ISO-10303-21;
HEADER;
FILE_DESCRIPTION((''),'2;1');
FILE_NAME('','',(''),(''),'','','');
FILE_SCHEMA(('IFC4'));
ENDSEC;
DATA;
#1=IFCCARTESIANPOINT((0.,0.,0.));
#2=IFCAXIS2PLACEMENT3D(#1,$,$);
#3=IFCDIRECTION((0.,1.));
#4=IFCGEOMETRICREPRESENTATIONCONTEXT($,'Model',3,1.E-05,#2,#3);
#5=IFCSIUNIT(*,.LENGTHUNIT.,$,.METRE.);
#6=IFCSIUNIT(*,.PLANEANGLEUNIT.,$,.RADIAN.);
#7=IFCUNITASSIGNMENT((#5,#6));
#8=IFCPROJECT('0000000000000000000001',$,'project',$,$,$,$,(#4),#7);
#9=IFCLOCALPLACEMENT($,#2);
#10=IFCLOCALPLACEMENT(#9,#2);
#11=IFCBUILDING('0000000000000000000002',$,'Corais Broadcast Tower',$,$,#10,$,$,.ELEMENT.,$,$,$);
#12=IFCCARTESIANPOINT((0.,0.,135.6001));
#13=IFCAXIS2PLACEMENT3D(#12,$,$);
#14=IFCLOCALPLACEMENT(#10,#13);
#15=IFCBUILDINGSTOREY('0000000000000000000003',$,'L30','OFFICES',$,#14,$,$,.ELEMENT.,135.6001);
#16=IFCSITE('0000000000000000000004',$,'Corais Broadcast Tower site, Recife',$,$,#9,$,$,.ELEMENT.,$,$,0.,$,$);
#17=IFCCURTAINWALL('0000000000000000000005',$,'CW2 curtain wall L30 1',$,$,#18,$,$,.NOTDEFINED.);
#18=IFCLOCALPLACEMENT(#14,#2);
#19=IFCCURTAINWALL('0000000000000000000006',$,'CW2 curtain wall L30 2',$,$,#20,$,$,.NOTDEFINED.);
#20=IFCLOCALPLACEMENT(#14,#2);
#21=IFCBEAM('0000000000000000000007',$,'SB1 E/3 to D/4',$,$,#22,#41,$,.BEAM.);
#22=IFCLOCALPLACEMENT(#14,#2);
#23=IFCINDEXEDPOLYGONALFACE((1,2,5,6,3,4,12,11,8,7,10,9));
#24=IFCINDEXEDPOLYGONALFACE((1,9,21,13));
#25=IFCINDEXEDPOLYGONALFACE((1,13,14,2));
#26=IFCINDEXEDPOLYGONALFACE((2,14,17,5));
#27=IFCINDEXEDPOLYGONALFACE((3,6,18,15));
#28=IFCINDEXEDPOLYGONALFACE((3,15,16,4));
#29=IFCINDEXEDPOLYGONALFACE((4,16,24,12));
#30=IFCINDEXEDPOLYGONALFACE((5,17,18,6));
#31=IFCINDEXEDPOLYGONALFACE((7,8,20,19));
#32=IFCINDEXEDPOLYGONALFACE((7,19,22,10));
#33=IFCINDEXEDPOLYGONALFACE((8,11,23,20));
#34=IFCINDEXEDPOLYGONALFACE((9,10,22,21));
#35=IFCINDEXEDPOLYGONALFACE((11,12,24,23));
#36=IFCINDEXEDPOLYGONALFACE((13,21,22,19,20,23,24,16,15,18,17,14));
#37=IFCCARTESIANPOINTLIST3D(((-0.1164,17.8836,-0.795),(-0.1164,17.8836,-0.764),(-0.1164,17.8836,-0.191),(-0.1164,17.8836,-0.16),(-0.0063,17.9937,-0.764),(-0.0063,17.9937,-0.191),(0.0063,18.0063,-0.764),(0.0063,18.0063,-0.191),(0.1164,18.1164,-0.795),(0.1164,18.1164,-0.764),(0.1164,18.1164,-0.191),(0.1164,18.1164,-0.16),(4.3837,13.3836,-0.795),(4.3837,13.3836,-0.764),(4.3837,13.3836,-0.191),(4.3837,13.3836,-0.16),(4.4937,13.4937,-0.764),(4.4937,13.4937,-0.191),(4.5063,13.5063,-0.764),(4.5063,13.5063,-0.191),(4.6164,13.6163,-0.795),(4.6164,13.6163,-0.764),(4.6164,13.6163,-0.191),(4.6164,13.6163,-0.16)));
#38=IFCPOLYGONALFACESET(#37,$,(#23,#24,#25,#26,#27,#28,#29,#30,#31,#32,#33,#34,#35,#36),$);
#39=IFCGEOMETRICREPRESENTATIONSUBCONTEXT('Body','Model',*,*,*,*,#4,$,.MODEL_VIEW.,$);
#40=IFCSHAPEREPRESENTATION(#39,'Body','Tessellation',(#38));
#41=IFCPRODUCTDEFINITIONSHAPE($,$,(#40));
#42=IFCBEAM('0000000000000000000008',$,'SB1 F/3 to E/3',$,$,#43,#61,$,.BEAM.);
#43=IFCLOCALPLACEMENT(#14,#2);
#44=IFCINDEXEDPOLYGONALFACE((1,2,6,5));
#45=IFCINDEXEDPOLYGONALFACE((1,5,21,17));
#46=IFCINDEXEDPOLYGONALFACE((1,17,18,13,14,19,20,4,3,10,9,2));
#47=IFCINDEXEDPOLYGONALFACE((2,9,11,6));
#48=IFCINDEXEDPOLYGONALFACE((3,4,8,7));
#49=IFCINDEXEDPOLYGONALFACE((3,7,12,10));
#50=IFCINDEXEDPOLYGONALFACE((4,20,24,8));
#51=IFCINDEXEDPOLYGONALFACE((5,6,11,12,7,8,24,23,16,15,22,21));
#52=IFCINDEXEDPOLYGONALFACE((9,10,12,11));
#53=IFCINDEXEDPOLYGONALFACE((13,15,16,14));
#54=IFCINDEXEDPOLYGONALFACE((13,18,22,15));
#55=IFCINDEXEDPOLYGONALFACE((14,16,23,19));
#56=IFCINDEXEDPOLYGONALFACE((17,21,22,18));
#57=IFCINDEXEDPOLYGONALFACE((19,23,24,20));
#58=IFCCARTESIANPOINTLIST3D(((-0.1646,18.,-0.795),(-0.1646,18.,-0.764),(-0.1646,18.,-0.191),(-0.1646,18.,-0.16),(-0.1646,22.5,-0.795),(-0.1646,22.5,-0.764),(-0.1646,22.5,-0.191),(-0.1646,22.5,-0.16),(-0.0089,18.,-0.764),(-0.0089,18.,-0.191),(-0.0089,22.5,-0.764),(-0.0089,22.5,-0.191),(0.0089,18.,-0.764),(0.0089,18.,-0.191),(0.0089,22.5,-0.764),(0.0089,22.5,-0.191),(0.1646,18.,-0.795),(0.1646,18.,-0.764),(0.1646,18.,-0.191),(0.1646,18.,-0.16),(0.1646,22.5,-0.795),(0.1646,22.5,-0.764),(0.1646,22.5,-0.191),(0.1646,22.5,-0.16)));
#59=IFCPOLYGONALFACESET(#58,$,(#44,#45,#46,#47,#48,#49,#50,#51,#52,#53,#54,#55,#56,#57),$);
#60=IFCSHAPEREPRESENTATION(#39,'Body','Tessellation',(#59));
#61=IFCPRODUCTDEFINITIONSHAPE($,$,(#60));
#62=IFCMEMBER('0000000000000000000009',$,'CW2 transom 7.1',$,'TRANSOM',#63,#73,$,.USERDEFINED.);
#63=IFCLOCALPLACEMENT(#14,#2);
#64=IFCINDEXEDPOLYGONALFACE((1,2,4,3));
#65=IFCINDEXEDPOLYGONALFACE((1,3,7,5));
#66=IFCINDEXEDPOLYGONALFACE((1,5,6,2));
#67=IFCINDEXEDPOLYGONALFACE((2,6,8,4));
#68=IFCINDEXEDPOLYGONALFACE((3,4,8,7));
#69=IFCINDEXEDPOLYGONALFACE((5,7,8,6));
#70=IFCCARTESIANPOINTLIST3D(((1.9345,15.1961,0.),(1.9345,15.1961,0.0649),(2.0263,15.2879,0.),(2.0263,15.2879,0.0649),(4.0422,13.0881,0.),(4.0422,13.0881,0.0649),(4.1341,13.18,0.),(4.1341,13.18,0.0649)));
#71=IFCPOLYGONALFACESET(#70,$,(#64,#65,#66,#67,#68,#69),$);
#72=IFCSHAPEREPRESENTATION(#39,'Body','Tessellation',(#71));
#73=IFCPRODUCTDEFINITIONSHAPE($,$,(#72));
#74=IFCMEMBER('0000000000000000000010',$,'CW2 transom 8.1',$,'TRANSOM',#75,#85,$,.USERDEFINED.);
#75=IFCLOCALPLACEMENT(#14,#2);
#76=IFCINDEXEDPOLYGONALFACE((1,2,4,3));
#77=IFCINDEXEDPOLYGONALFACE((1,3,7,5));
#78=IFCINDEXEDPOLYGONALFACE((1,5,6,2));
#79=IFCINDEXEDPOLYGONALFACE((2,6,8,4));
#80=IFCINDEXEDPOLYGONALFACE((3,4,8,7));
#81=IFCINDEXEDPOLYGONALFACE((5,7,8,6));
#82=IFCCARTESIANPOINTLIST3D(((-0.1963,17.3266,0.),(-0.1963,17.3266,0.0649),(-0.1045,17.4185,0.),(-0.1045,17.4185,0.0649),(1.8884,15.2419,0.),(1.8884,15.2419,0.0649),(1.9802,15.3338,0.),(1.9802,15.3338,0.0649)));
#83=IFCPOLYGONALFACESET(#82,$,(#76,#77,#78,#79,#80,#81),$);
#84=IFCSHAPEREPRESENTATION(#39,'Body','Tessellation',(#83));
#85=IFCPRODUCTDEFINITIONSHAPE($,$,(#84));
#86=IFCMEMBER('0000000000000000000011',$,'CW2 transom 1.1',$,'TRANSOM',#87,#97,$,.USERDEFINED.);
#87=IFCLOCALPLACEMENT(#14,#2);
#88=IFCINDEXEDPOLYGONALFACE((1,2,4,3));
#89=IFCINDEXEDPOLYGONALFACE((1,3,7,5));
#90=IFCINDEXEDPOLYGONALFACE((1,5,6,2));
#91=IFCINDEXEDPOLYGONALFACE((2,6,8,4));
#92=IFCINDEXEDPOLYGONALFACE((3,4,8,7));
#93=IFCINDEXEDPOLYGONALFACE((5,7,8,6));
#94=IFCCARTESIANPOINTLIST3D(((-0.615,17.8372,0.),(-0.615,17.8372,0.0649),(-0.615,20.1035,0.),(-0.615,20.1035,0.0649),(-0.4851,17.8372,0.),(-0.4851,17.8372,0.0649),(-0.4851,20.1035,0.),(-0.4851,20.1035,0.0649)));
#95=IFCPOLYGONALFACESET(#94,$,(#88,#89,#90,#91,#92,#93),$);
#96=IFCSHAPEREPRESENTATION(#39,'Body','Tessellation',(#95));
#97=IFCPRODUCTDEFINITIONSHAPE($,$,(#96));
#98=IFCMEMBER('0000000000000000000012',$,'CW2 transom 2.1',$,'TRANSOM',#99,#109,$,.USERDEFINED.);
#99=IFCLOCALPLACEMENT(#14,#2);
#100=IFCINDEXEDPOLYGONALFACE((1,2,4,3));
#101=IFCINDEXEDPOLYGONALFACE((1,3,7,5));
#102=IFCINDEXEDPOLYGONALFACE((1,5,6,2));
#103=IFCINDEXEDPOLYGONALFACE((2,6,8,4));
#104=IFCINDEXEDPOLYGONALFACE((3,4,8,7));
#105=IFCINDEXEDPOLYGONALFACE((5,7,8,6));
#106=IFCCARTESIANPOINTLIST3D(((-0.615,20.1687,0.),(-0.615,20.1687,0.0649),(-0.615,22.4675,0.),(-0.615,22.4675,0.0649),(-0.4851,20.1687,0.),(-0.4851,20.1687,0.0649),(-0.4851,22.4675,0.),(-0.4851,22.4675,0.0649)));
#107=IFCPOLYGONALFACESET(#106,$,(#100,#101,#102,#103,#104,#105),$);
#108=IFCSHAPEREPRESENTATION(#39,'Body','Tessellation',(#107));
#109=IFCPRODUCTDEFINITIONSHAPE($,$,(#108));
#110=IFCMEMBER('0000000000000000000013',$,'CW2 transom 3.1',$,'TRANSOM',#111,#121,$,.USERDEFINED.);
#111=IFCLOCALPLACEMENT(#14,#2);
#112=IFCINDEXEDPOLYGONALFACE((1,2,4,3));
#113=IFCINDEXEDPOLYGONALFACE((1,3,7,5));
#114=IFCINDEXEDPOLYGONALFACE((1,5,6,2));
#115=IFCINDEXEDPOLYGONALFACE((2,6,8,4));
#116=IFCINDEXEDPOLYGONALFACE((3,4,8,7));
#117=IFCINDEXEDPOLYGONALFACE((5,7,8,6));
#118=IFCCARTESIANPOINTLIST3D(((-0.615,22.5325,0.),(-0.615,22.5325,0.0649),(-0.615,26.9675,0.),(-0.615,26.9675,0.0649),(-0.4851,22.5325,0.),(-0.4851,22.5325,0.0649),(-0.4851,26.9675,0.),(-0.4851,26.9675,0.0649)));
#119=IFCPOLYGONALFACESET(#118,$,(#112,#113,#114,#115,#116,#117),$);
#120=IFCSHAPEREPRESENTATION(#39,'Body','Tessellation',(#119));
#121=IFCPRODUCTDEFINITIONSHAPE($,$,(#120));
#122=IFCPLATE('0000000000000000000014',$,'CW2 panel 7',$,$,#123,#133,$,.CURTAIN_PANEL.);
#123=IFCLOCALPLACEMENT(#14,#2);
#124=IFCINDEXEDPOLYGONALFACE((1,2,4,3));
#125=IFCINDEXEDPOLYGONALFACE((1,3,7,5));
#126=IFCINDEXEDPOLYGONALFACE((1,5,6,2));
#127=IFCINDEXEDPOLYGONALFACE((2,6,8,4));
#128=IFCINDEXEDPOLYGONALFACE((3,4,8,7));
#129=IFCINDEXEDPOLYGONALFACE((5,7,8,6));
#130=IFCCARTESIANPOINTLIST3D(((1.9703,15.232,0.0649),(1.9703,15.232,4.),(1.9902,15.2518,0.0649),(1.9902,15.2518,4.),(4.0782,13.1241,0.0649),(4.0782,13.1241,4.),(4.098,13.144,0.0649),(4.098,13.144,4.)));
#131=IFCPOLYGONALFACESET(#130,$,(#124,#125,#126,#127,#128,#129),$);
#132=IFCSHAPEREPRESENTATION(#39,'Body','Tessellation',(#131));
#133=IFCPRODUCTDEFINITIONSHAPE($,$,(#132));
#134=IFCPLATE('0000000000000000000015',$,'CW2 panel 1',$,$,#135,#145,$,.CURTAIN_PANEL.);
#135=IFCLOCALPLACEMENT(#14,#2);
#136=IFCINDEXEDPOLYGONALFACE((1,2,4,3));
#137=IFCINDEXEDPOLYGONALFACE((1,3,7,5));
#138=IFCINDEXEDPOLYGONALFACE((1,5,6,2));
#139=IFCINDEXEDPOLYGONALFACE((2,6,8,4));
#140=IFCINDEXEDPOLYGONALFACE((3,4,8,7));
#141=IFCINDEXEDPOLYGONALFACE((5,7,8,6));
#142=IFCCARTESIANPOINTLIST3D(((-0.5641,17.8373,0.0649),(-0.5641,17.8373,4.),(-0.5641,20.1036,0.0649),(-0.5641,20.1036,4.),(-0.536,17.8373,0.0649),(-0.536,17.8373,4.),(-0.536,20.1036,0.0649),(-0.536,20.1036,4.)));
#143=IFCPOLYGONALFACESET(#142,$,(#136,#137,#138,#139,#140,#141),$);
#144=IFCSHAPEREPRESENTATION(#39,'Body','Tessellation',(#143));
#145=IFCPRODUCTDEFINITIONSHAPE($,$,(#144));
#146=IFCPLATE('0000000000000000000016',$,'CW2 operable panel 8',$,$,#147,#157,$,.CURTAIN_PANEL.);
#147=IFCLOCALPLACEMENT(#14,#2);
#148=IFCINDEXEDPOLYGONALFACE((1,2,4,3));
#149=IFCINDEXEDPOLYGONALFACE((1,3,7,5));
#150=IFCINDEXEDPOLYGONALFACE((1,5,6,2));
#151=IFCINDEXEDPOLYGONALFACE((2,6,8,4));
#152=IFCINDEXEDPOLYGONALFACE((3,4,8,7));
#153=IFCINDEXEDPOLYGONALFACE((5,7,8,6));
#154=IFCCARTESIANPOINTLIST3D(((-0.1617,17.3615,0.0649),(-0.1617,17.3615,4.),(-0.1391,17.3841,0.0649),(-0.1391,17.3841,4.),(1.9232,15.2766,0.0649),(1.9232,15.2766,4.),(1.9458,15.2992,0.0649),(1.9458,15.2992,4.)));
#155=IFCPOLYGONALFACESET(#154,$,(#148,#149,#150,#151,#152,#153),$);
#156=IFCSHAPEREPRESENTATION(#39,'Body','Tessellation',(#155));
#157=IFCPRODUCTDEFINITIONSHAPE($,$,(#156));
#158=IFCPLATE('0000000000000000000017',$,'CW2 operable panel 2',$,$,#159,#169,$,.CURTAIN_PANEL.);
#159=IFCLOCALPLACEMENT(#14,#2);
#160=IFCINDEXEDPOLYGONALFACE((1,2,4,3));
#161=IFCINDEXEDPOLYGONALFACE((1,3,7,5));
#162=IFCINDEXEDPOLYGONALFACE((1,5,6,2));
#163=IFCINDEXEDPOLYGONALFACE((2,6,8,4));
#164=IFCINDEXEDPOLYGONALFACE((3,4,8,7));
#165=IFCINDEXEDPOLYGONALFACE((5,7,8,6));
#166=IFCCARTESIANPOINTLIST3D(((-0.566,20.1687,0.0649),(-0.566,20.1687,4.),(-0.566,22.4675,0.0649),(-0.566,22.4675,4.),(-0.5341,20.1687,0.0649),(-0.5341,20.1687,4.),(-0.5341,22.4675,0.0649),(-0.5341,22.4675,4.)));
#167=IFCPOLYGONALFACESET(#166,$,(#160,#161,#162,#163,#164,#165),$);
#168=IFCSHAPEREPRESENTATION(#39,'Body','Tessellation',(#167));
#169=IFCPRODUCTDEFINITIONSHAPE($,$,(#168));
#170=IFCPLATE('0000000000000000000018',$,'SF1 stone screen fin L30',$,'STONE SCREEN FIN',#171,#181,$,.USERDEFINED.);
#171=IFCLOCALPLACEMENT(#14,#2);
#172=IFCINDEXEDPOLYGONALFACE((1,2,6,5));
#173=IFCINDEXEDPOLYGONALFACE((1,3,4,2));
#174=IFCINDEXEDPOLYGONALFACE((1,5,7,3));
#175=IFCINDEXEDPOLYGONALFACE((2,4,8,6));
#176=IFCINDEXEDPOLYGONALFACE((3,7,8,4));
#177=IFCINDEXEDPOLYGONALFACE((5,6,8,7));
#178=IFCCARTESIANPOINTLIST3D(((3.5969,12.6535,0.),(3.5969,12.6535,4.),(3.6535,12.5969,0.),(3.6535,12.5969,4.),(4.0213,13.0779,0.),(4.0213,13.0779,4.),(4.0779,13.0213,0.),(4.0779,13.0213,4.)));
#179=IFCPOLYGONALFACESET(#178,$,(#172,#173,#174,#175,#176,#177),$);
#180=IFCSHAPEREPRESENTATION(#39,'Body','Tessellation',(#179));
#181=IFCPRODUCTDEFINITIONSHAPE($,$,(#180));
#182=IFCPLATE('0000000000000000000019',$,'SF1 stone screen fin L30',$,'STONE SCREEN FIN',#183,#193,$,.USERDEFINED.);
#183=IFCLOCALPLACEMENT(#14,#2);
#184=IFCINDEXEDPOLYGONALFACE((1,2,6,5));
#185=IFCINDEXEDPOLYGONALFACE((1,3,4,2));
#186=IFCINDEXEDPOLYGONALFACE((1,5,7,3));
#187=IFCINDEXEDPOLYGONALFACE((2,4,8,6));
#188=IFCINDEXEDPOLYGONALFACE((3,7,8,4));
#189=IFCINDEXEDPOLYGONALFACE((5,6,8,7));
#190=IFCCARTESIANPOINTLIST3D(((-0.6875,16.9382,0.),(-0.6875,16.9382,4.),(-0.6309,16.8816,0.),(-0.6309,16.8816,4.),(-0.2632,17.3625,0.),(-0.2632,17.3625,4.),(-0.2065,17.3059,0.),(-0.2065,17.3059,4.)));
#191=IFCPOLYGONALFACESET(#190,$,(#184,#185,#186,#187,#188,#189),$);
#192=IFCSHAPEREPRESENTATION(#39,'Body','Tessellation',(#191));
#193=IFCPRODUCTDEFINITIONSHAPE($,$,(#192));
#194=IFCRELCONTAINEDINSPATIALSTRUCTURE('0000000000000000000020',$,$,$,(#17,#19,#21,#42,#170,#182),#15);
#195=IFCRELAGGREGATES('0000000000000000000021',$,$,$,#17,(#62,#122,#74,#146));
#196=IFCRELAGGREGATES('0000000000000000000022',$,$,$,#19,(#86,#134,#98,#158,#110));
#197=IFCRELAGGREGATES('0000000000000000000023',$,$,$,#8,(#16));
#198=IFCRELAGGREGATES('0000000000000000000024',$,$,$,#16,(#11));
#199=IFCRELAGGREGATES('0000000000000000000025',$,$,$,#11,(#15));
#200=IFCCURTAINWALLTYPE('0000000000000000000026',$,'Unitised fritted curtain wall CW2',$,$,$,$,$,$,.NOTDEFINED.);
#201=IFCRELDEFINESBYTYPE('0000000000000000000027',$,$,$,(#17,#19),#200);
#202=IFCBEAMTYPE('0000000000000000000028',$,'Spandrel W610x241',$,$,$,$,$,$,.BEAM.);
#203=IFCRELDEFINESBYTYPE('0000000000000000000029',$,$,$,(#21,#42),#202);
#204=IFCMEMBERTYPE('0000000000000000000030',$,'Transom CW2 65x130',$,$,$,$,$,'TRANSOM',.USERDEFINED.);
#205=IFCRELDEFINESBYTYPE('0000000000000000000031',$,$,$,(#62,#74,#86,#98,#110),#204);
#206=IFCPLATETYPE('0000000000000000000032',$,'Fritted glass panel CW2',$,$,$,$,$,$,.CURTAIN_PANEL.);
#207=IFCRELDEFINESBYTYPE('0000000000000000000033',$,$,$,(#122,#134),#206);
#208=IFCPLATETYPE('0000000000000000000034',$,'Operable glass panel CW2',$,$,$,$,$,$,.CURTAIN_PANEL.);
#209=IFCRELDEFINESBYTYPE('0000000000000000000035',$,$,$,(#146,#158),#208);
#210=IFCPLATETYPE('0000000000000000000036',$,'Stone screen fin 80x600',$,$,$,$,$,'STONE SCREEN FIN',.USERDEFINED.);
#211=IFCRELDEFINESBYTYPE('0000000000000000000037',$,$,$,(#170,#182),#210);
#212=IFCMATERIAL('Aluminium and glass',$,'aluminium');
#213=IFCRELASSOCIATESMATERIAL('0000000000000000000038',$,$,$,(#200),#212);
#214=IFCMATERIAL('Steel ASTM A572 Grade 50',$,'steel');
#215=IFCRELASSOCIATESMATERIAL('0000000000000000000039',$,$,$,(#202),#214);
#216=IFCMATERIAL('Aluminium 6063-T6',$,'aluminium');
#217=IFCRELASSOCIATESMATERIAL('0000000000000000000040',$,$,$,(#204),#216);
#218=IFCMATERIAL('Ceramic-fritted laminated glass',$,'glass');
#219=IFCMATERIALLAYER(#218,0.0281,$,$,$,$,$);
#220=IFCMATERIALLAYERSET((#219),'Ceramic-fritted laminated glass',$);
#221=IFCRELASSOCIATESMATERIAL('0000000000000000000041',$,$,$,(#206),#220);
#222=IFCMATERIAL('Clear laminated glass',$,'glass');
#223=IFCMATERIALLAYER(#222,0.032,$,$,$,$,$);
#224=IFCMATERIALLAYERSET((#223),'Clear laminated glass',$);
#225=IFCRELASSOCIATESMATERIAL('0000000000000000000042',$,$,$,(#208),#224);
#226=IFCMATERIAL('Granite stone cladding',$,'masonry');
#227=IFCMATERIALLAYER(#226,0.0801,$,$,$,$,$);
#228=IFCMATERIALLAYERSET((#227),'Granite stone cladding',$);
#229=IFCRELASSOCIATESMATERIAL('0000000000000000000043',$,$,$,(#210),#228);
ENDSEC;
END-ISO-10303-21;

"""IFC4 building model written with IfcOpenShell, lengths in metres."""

from ifc_helpers import new_model, si_unit, direction, frame, origin, origin_2d, place, context, subcontext, project, spatial, rectangle, i_section, extrude, material, layer, layer_set, material_profile, profile_set, type_object, element, aggregate, save


model = new_model("IFC4")

# Units and contexts
model_context = context("Model", 3, precision=1e-05, world=origin(), true_north=direction((0.0, 1.0)))
body_context = subcontext(model_context, "Body", "Model", "MODEL_VIEW")
ifc_project = project(units=[si_unit("LENGTHUNIT", "METRE"), si_unit("PLANEANGLEUNIT", "RADIAN")], contexts=[model_context])

# Site, building, storey
site_placement = place(None, origin())
site = spatial("IfcSite", under=ifc_project, at=site_placement, Name="Corais Broadcast Tower site, Recife", CompositionType="ELEMENT", RefElevation=0.0)
building_placement = place(site_placement, origin())
building = spatial("IfcBuilding", under=site, at=building_placement, Name="Corais Broadcast Tower", CompositionType="ELEMENT")
storey_placement = place(building_placement, frame((0.0, 0.0, 135.6001)))
storey = spatial("IfcBuildingStorey", under=building, at=storey_placement, Name="L30", Description="OFFICES", CompositionType="ELEMENT", Elevation=135.6001)

# Curtain walls
ifc_material_1 = material(Name="Aluminium and glass", Category="aluminium")
curtain_wall_type = type_object("IfcCurtainWallType", Name="Unitised fritted curtain wall CW2", PredefinedType="NOTDEFINED", material=ifc_material_1)
curtain_wall_1_placement = place(storey_placement, origin())
curtain_wall_1 = element("IfcCurtainWall", 1, at=curtain_wall_1_placement, inside=storey, type_object=curtain_wall_type, Name="CW2 curtain wall L30 1", PredefinedType="NOTDEFINED")
curtain_wall_2_placement = place(storey_placement, origin())
curtain_wall_2 = element("IfcCurtainWall", 2, at=curtain_wall_2_placement, inside=storey, type_object=curtain_wall_type, Name="CW2 curtain wall L30 2", PredefinedType="NOTDEFINED")

# Beams
ifc_material_2 = material(Name="Steel ASTM A572 Grade 50", Category="steel")
ifc_material_profile_1 = material_profile(ifc_material_2, i_section(OverallWidth=0.3291, OverallDepth=0.635, WebThickness=0.0178, FlangeThickness=0.031, at=origin_2d()), Name="W610x241")
ifc_profile_set_1 = profile_set([ifc_material_profile_1], Name="Steel ASTM A572 Grade 50")
beam_type_1 = type_object("IfcBeamType", Name="Spandrel W610x241", PredefinedType="BEAM", material=ifc_profile_set_1)
beam_1_placement = place(storey_placement, frame((0.0, 18.0, -0.4775), z_axis=(0.707107, -0.707107, 0.0), x_axis=(0.707107, 0.707107, 0.0)))
element("IfcBeam", 3, at=beam_1_placement, inside=storey, type_object=beam_type_1, Name="SB1 E/3 to D/4", PredefinedType="BEAM", context=body_context, shape_type="SweptSolid", body=[
    extrude(i_section(OverallWidth=0.3291, OverallDepth=0.635, WebThickness=0.0178, FlangeThickness=0.031, at=origin_2d()), origin(), (0.0, 0.0, 1.0), 6.364),
])
beam_2_placement = place(storey_placement, frame((0.0, 22.5, -0.4775), z_axis=(0.0, -1.0, 0.0), x_axis=(1.0, 0.0, 0.0)))
element("IfcBeam", 4, at=beam_2_placement, inside=storey, type_object=beam_type_1, Name="SB1 F/3 to E/3", PredefinedType="BEAM", context=body_context, shape_type="SweptSolid", body=[
    extrude(i_section(OverallWidth=0.3291, OverallDepth=0.635, WebThickness=0.0178, FlangeThickness=0.031, at=origin_2d()), origin(), (0.0, 0.0, 1.0), 4.5),
])

# Members
ifc_material_3 = material(Name="Aluminium 6063-T6", Category="aluminium")
ifc_material_profile_2 = material_profile(ifc_material_3, rectangle(XDim=0.1299, YDim=0.0649, at=origin_2d()), Name="Transom CW2 65x130")
ifc_profile_set_2 = profile_set([ifc_material_profile_2], Name="Aluminium 6063-T6")
member_type_1 = type_object("IfcMemberType", Name="Transom CW2 65x130", ElementType="TRANSOM", PredefinedType="USERDEFINED", material=ifc_profile_set_2)
member_1_placement = place(storey_placement, frame((4.0881, 13.134, 0.0325), z_axis=(-0.707066, 0.707148, 0.0), x_axis=(-0.707148, -0.707066, 0.0)))
member_1 = element("IfcMember", 5, at=member_1_placement, type_object=member_type_1, Name="CW2 transom 7.1", ObjectType="TRANSOM", PredefinedType="USERDEFINED", context=body_context, shape_type="SweptSolid", body=[
    extrude(rectangle(XDim=0.1299, YDim=0.0649, at=origin_2d()), origin(), (0.0, 0.0, 1.0), 2.981),
])
member_2_placement = place(storey_placement, frame((1.9343, 15.2878, 0.0325), z_axis=(-0.707107, 0.707107, 0.0), x_axis=(-0.707107, -0.707107, 0.0)))
member_2 = element("IfcMember", 6, at=member_2_placement, type_object=member_type_1, Name="CW2 transom 8.1", ObjectType="TRANSOM", PredefinedType="USERDEFINED", context=body_context, shape_type="SweptSolid", body=[
    extrude(rectangle(XDim=0.1299, YDim=0.0649, at=origin_2d()), origin(), (0.0, 0.0, 1.0), 2.9482),
])
member_3_placement = place(storey_placement, frame((-0.55, 17.8372, 0.0325), z_axis=(0.0, 1.0, 0.0), x_axis=(-1.0, 0.0, 0.0)))
member_3 = element("IfcMember", 7, at=member_3_placement, type_object=member_type_1, Name="CW2 transom 1.1", ObjectType="TRANSOM", PredefinedType="USERDEFINED", context=body_context, shape_type="SweptSolid", body=[
    extrude(rectangle(XDim=0.1299, YDim=0.0649, at=origin_2d()), origin(), (0.0, 0.0, 1.0), 2.2664),
])
member_4_placement = place(storey_placement, frame((-0.55, 20.1687, 0.0325), z_axis=(0.0, 1.0, 0.0), x_axis=(-1.0, 0.0, 0.0)))
member_4 = element("IfcMember", 8, at=member_4_placement, type_object=member_type_1, Name="CW2 transom 2.1", ObjectType="TRANSOM", PredefinedType="USERDEFINED", context=body_context, shape_type="SweptSolid", body=[
    extrude(rectangle(XDim=0.1299, YDim=0.0649, at=origin_2d()), origin(), (0.0, 0.0, 1.0), 2.2988),
])
member_5_placement = place(storey_placement, frame((-0.55, 22.5325, 0.0325), z_axis=(0.0, 1.0, 0.0), x_axis=(-1.0, 0.0, 0.0)))
member_5 = element("IfcMember", 9, at=member_5_placement, type_object=member_type_1, Name="CW2 transom 3.1", ObjectType="TRANSOM", PredefinedType="USERDEFINED", context=body_context, shape_type="SweptSolid", body=[
    extrude(rectangle(XDim=0.1299, YDim=0.0649, at=origin_2d()), origin(), (0.0, 0.0, 1.0), 4.4351),
])

# Plates
ifc_material_4 = material(Name="Ceramic-fritted laminated glass", Category="glass")
ifc_layer_1 = layer(ifc_material_4, 0.0281)
ifc_layer_set_1 = layer_set([ifc_layer_1], Name="Ceramic-fritted laminated glass")
plate_type_1 = type_object("IfcPlateType", Name="Fritted glass panel CW2", PredefinedType="CURTAIN_PANEL", material=ifc_layer_set_1)
plate_1_placement = place(storey_placement, frame((3.0342, 14.188, 0.0649), z_axis=(0.0, 0.0, 1.0), x_axis=(-0.707107, 0.707107, 0.0)))
plate_1 = element("IfcPlate", 10, at=plate_1_placement, type_object=plate_type_1, Name="CW2 panel 7", PredefinedType="CURTAIN_PANEL", context=body_context, shape_type="SweptSolid", body=[
    extrude(rectangle(XDim=2.981, YDim=0.0281, at=origin_2d()), origin(), (0.0, 0.0, 1.0), 3.9351),
])
plate_2_placement = place(storey_placement, frame((-0.55, 18.9705, 0.0649), z_axis=(0.0, 0.0, 1.0), x_axis=(0.0, 1.0, 0.0)))
plate_2 = element("IfcPlate", 11, at=plate_2_placement, type_object=plate_type_1, Name="CW2 panel 1", PredefinedType="CURTAIN_PANEL", context=body_context, shape_type="SweptSolid", body=[
    extrude(rectangle(XDim=2.2664, YDim=0.0281, at=origin_2d()), origin(), (0.0, 0.0, 1.0), 3.9351),
])
ifc_material_5 = material(Name="Clear laminated glass", Category="glass")
ifc_layer_2 = layer(ifc_material_5, 0.032)
ifc_layer_set_2 = layer_set([ifc_layer_2], Name="Clear laminated glass")
plate_type_2 = type_object("IfcPlateType", Name="Operable glass panel CW2", PredefinedType="CURTAIN_PANEL", material=ifc_layer_set_2)
plate_3_placement = place(storey_placement, frame((0.8921, 16.3303, 0.0649), z_axis=(0.0, 0.0, 1.0), x_axis=(-0.707107, 0.707107, 0.0)))
plate_3 = element("IfcPlate", 12, at=plate_3_placement, type_object=plate_type_2, Name="CW2 operable panel 8", PredefinedType="CURTAIN_PANEL", context=body_context, shape_type="SweptSolid", body=[
    extrude(rectangle(XDim=2.9485, YDim=0.032, at=origin_2d()), origin(), (0.0, 0.0, 1.0), 3.9351),
])
aggregate(curtain_wall_1, [member_1, plate_1, member_2, plate_3])
plate_4_placement = place(storey_placement, frame((-0.55, 21.3181, 0.0649), z_axis=(0.0, 0.0, 1.0), x_axis=(0.0, 1.0, 0.0)))
plate_4 = element("IfcPlate", 13, at=plate_4_placement, type_object=plate_type_2, Name="CW2 operable panel 2", PredefinedType="CURTAIN_PANEL", context=body_context, shape_type="SweptSolid", body=[
    extrude(rectangle(XDim=2.2988, YDim=0.032, at=origin_2d()), origin(), (0.0, 0.0, 1.0), 3.9351),
])
aggregate(curtain_wall_2, [member_3, plate_2, member_4, plate_4, member_5])

# Plates
ifc_material_6 = material(Name="Granite stone cladding", Category="masonry")
ifc_layer_3 = layer(ifc_material_6, 0.0801)
ifc_layer_set_3 = layer_set([ifc_layer_3], Name="Granite stone cladding")
plate_type_3 = type_object("IfcPlateType", Name="Stone screen fin 80x600", ElementType="STONE SCREEN FIN", PredefinedType="USERDEFINED", material=ifc_layer_set_3)
for number, where, z_axis, x_axis, name in (
    (14, (3.8374, 12.8374, 0.0), (0.0, 0.0, 1.0), (-0.707107, 0.707107, 0.0), "SF1 stone screen fin L30"),
    (15, (-0.447, 17.1221, 0.0), (0.0, 0.0, 1.0), (-0.707107, 0.707107, 0.0), "SF1 stone screen fin L30"),
):
    element("IfcPlate", number, at=place(storey_placement, frame(where, z_axis=z_axis, x_axis=x_axis)), inside=storey, type_object=plate_type_3, Name=name, ObjectType="STONE SCREEN FIN", PredefinedType="USERDEFINED", context=body_context, shape_type="SweptSolid", body=[
        extrude(rectangle(XDim=0.0801, YDim=0.6001, at=origin_2d()), origin(), (0.0, 0.0, 1.0), 4.0),
    ])

save(model, "model.ifc")
